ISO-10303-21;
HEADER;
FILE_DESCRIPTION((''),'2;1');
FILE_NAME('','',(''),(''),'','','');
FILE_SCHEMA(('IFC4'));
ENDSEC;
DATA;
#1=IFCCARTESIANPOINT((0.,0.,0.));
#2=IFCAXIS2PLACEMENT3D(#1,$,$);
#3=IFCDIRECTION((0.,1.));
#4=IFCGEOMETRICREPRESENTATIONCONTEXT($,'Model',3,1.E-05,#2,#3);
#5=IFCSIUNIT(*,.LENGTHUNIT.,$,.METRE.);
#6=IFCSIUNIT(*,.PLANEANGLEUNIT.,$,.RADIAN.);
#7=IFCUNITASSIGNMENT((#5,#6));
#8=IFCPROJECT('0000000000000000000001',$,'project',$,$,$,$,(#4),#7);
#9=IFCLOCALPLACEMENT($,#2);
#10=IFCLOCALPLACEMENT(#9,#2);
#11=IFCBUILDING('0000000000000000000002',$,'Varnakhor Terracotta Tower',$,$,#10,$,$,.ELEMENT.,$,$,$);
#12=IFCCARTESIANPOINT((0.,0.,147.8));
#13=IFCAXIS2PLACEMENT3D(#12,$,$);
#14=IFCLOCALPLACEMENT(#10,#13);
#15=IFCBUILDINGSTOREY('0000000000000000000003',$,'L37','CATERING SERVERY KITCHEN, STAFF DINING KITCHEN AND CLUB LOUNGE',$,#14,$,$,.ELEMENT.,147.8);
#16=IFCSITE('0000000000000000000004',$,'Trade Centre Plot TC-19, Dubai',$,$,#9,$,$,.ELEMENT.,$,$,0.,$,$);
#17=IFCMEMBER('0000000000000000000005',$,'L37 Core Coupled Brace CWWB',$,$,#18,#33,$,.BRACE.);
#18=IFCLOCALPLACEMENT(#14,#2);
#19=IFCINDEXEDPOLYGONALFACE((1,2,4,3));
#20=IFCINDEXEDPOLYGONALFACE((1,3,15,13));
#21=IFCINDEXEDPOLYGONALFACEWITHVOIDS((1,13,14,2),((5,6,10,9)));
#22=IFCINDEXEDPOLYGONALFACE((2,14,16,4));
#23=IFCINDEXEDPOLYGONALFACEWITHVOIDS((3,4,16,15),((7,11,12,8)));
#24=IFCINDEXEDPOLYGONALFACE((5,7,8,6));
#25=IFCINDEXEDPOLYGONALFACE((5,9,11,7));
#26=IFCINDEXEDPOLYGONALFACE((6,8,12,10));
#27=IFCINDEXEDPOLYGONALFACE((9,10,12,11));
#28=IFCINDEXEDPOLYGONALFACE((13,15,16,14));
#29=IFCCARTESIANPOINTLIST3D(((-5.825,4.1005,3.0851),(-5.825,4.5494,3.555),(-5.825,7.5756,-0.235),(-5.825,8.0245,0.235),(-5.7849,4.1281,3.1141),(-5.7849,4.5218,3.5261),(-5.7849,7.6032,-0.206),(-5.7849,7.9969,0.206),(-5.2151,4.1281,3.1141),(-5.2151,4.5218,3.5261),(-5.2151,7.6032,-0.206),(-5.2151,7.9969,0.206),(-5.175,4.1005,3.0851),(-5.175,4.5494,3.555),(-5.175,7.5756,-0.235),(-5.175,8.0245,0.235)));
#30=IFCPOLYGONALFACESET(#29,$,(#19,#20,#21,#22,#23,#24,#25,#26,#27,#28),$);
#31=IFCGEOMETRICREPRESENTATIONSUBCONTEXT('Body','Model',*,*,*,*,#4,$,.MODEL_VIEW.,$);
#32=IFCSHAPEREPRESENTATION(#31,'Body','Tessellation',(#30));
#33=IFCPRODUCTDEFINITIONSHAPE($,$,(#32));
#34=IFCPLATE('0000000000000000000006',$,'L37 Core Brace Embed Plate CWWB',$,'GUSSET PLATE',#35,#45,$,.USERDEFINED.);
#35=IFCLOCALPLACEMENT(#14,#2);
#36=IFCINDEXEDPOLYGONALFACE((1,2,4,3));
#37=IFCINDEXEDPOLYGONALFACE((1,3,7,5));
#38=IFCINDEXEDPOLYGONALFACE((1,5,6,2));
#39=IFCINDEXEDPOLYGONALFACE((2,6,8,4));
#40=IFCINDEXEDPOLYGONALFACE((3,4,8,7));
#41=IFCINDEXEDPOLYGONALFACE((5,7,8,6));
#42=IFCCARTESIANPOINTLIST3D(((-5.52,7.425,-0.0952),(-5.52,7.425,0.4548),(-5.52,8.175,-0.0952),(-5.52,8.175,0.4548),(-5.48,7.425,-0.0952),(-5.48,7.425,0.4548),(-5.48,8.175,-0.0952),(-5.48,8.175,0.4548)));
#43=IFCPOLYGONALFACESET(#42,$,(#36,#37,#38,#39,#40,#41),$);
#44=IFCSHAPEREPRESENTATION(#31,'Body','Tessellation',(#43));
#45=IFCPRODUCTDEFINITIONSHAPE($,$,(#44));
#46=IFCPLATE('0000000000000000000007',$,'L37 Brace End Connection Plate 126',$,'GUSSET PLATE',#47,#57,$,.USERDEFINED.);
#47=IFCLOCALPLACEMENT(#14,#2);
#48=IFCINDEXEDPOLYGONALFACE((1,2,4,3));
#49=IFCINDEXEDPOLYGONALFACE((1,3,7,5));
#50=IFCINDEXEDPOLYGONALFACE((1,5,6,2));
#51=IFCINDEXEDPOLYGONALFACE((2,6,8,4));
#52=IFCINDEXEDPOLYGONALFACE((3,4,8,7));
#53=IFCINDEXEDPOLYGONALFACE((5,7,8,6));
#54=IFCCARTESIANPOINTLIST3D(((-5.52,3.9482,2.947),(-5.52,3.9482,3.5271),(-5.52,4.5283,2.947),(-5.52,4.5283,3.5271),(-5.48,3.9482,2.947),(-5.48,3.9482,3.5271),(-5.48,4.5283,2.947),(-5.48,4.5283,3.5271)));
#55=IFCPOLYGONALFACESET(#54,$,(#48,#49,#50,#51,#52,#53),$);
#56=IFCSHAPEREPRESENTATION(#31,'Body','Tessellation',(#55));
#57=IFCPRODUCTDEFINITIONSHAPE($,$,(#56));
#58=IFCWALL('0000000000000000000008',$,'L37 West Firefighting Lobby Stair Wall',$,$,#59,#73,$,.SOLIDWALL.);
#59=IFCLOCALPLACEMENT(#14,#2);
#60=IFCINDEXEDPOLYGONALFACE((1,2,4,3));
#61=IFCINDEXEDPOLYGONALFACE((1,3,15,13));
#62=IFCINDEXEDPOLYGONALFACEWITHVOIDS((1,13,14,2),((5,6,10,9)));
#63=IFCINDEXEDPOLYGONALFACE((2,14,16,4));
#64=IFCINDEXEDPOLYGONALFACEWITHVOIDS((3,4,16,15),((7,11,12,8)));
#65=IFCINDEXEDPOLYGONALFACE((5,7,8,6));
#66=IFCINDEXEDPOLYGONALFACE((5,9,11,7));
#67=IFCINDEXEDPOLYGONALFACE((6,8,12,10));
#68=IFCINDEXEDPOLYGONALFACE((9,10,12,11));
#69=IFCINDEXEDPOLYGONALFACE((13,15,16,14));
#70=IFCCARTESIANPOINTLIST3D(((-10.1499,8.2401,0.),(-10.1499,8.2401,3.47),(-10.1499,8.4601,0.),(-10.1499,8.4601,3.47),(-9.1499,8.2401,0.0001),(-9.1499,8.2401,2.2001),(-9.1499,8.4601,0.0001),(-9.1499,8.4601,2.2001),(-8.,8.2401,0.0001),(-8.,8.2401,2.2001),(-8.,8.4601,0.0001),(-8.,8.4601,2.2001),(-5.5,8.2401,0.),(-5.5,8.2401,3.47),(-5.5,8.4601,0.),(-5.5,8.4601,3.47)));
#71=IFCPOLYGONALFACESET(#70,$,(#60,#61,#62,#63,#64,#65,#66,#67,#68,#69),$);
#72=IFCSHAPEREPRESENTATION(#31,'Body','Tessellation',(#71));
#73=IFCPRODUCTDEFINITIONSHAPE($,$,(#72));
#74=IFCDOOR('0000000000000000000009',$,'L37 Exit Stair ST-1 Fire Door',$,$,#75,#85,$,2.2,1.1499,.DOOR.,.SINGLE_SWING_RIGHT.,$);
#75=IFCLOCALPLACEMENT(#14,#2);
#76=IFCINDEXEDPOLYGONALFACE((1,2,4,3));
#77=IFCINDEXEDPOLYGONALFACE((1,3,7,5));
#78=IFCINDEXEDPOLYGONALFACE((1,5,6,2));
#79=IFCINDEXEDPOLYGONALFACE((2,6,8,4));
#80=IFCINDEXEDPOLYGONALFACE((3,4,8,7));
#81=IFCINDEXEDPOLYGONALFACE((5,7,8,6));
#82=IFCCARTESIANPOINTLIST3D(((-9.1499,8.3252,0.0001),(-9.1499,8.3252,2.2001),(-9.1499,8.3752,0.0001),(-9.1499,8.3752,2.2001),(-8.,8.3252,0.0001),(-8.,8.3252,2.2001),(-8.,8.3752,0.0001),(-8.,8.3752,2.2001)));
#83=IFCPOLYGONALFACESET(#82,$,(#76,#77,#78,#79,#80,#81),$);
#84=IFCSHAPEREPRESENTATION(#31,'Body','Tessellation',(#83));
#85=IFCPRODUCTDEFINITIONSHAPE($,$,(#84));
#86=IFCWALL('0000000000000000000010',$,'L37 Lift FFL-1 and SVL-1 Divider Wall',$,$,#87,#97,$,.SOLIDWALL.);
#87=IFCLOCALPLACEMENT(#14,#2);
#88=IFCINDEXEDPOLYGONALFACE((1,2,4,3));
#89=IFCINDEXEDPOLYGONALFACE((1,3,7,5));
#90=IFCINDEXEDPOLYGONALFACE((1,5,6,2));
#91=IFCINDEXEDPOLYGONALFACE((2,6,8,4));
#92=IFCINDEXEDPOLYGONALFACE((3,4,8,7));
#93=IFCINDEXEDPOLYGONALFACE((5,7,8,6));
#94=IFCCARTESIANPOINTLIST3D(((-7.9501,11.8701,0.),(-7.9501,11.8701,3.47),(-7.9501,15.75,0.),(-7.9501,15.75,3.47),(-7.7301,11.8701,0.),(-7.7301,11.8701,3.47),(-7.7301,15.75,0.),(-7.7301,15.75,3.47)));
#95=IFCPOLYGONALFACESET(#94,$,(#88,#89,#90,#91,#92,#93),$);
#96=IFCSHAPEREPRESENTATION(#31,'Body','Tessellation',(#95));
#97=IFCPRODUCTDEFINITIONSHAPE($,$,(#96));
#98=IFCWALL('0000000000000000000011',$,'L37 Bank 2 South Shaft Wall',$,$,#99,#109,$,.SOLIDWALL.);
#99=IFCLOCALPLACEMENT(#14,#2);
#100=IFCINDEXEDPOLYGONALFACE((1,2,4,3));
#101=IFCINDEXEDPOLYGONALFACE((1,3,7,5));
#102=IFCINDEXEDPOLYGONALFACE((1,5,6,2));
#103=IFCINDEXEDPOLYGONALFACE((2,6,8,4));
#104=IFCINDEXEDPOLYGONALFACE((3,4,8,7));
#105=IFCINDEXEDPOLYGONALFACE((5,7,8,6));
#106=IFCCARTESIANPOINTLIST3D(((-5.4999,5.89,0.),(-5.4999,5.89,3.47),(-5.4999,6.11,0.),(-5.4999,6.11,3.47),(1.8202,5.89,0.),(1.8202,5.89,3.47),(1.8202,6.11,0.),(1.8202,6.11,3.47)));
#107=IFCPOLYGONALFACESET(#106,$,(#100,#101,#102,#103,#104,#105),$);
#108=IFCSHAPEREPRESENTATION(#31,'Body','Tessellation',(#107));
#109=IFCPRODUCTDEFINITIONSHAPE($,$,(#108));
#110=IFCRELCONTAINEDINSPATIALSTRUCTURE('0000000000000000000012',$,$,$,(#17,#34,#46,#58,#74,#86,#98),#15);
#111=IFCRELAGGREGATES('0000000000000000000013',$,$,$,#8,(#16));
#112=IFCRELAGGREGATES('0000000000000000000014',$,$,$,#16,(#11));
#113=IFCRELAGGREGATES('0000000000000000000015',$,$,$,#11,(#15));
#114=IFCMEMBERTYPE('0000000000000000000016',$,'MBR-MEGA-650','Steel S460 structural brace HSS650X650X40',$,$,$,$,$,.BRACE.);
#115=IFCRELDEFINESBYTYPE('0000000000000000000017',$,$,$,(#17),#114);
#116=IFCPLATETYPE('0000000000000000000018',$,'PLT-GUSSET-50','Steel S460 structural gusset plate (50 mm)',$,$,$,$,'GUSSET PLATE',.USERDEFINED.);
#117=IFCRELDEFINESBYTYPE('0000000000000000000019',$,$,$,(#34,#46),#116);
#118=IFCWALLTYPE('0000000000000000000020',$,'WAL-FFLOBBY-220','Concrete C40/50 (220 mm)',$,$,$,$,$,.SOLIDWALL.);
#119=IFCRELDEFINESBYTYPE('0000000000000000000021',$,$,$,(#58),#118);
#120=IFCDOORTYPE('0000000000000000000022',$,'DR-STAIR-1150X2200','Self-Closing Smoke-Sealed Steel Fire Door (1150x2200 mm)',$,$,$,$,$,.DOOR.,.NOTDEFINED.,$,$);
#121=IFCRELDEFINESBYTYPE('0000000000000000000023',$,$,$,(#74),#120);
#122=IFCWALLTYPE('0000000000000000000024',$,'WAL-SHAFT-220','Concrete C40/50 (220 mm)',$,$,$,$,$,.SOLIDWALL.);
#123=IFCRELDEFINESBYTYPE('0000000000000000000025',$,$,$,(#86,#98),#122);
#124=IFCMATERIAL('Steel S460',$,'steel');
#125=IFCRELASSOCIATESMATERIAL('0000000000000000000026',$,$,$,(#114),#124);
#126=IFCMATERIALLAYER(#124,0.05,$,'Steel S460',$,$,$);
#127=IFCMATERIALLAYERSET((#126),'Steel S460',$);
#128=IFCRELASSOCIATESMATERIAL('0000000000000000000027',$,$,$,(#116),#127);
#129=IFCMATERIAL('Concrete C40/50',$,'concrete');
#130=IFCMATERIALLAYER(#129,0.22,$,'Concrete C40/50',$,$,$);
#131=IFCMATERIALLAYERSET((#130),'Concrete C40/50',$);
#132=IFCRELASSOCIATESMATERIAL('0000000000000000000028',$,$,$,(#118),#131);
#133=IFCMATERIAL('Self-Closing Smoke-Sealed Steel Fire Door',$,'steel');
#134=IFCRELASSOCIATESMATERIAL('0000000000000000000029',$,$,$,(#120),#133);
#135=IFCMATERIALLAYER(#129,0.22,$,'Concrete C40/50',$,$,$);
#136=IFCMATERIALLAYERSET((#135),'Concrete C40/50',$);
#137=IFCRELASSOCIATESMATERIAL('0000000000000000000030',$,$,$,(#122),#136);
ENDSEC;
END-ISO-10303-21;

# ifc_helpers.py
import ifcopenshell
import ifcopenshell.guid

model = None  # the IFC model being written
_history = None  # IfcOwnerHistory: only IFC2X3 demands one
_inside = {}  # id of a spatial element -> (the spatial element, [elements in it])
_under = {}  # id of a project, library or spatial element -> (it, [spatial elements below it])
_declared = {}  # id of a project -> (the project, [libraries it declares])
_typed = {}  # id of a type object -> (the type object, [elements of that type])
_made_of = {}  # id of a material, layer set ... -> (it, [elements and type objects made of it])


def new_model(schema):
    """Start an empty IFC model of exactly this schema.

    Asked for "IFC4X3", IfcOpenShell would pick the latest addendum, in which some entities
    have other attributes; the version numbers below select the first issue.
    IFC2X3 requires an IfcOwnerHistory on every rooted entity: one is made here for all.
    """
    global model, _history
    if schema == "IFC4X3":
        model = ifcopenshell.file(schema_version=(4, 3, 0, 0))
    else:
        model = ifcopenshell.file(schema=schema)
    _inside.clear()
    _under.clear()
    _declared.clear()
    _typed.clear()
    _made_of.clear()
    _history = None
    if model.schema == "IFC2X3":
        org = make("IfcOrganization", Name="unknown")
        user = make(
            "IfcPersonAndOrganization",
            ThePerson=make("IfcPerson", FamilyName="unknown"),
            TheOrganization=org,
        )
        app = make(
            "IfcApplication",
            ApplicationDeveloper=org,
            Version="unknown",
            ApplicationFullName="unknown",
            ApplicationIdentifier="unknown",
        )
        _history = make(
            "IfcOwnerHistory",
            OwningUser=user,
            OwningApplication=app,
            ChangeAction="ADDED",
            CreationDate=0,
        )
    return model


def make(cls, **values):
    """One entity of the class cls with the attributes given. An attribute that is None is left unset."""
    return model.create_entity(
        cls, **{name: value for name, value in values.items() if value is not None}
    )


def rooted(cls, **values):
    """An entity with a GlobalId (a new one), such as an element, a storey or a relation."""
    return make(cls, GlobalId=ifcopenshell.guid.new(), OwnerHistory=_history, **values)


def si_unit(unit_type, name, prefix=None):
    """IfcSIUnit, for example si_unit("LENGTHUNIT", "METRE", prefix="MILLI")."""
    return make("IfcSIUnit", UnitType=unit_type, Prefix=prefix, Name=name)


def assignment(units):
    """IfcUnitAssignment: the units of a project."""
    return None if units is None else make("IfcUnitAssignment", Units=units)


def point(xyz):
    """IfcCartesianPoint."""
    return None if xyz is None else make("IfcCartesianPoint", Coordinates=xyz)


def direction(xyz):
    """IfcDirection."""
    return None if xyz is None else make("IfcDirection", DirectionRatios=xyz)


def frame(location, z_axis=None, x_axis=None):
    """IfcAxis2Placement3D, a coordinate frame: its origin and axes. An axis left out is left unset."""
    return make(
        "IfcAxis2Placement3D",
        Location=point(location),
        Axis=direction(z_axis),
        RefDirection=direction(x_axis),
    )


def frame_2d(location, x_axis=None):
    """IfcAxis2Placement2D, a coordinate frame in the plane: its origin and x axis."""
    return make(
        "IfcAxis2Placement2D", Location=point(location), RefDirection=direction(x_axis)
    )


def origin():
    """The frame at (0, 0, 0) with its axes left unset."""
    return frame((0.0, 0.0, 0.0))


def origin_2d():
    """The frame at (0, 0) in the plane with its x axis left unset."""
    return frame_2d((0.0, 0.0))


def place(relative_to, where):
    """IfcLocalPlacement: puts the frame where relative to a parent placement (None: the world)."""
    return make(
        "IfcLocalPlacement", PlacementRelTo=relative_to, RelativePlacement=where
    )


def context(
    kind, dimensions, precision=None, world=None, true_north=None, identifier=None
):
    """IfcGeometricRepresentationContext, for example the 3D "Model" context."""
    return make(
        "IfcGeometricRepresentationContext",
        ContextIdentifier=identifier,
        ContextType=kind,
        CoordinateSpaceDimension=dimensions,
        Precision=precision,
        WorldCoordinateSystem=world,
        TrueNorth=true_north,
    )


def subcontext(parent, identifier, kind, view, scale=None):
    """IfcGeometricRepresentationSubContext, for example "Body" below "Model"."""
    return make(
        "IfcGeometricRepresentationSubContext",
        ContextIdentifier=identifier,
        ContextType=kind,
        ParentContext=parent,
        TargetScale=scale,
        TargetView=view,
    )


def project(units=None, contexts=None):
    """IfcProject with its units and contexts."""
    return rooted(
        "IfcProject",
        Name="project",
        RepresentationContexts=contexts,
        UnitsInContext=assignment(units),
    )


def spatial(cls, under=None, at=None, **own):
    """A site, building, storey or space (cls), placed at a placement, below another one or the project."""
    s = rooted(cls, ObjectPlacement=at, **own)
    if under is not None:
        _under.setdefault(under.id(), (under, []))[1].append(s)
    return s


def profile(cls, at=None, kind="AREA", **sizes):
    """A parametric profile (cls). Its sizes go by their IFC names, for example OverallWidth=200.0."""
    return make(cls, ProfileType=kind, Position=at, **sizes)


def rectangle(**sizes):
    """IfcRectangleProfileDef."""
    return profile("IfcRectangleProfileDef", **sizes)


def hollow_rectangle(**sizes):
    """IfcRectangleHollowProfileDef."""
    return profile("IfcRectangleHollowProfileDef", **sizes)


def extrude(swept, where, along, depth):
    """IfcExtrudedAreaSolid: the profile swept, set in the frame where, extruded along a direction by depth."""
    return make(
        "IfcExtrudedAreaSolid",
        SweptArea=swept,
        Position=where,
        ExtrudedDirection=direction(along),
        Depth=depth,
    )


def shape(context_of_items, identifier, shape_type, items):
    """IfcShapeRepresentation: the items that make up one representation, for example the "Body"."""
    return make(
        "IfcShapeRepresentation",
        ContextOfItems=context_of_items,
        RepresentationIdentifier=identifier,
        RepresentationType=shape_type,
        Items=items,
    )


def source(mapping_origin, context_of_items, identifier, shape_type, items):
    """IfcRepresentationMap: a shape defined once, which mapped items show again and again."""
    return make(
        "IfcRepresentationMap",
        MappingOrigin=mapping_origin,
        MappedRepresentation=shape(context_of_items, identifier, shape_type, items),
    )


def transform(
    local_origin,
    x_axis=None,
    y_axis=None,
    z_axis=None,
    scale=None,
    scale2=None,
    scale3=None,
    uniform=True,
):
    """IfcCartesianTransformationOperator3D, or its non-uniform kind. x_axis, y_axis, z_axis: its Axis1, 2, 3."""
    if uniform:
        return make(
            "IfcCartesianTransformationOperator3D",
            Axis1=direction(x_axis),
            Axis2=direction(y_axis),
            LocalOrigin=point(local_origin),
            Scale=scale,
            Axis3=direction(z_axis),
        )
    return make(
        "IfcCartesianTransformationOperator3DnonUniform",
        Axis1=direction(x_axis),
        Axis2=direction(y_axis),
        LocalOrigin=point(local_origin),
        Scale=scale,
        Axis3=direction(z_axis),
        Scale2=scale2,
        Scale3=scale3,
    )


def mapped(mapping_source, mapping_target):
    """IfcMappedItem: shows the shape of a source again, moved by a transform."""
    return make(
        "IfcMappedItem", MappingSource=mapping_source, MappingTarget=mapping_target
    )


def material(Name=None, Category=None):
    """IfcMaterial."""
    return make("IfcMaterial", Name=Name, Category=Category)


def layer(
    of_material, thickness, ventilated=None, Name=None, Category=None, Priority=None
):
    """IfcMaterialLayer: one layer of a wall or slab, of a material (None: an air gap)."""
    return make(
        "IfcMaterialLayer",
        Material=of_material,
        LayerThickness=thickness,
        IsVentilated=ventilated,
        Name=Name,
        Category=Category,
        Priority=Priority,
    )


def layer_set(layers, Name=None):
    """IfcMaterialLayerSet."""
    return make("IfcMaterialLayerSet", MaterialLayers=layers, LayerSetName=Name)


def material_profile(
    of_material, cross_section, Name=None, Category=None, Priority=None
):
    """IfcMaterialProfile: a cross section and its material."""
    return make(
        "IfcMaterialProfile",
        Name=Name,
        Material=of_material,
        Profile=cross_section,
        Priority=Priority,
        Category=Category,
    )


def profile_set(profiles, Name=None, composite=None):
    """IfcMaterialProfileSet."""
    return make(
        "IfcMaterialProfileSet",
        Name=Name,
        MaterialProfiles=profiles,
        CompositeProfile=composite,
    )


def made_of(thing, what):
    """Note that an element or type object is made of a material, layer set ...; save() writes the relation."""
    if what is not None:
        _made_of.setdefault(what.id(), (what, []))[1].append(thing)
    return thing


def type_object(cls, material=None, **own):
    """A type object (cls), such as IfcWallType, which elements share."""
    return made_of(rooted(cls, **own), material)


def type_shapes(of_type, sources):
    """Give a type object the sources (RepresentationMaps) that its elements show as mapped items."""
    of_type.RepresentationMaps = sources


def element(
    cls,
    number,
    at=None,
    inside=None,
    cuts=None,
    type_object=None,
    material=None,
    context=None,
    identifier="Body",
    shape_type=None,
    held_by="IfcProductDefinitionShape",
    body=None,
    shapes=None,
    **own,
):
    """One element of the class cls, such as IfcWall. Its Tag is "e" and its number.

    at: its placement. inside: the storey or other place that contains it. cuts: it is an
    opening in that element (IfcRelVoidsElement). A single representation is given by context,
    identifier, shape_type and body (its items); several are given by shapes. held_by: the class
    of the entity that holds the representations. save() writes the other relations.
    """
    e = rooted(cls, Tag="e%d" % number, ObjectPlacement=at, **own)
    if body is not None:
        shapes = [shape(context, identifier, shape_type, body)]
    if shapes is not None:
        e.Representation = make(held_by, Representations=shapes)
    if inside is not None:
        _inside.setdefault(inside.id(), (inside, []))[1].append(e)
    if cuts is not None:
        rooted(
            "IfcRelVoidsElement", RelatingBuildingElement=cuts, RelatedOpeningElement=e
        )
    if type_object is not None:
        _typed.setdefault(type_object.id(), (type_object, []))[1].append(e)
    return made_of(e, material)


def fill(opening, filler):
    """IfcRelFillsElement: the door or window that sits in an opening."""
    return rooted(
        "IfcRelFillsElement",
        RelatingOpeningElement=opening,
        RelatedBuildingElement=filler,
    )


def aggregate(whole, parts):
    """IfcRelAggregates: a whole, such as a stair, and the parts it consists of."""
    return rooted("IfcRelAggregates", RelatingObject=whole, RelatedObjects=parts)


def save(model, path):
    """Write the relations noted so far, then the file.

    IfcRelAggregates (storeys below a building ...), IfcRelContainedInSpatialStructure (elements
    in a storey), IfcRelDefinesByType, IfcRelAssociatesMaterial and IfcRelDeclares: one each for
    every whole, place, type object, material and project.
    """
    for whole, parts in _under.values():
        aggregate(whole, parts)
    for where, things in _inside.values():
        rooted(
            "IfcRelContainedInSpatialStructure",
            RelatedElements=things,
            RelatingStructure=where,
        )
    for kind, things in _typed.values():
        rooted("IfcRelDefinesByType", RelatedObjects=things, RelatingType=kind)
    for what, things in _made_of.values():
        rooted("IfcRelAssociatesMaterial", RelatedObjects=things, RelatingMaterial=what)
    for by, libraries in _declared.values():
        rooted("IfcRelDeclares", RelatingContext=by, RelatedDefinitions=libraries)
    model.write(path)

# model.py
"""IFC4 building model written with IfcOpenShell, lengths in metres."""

from ifc_helpers import new_model, si_unit, direction, frame, frame_2d, origin, origin_2d, place, context, subcontext, project, spatial, rectangle, hollow_rectangle, extrude, source, transform, mapped, material, layer, layer_set, material_profile, profile_set, type_object, type_shapes, element, fill, save


model = new_model("IFC4")

# Units and contexts
model_context = context("Model", 3, precision=1e-05, world=origin(), true_north=direction((0.0, 1.0)))
body_context = subcontext(model_context, "Body", "Model", "MODEL_VIEW")
ifc_project = project(units=[si_unit("LENGTHUNIT", "METRE"), si_unit("PLANEANGLEUNIT", "RADIAN")], contexts=[model_context])

# Site, building, storey
site_placement = place(None, origin())
site = spatial("IfcSite", under=ifc_project, at=site_placement, Name="Trade Centre Plot TC-19, Dubai", CompositionType="ELEMENT", RefElevation=0.0)
building_placement = place(site_placement, origin())
building = spatial("IfcBuilding", under=site, at=building_placement, Name="Varnakhor Terracotta Tower", CompositionType="ELEMENT")
storey_placement = place(building_placement, frame((0.0, 0.0, 147.8)))
storey = spatial("IfcBuildingStorey", under=building, at=storey_placement, Name="L37", Description="CATERING SERVERY KITCHEN, STAFF DINING KITCHEN AND CLUB LOUNGE", CompositionType="ELEMENT", Elevation=147.8)

# Member
ifc_material_1 = material(Name="Steel S460", Category="steel")
ifc_material_profile = material_profile(ifc_material_1, hollow_rectangle(XDim=0.6499, YDim=0.6499, WallThickness=0.04, at=origin_2d()), Name="HSS650X650X40")
ifc_profile_set = profile_set([ifc_material_profile], Name="Steel S460")
member_type = type_object("IfcMemberType", Name="MBR-MEGA-650", Description="Steel S460 structural brace HSS650X650X40", PredefinedType="BRACE", material=ifc_profile_set)
shared_shape_1 = source(origin(), body_context, "Body", "SweptSolid", [
    extrude(hollow_rectangle(XDim=0.6499, YDim=0.6499, WallThickness=0.04, at=origin_2d()), origin(), (0.0, 0.0, 1.0), 4.8062),
])
member_placement = place(storey_placement, frame((-5.5, 7.8, 0.0), z_axis=(0.0, -0.723051, 0.690795), x_axis=(1.0, 0.0, 0.0)))
element("IfcMember", 1, at=member_placement, inside=storey, type_object=member_type, Name="L37 Core Coupled Brace CWWB", PredefinedType="BRACE", context=body_context, shape_type="MappedRepresentation", body=[
    mapped(shared_shape_1, transform((0.0, 0.0, 0.0), scale=1.0)),
])

# Plates
ifc_layer_1 = layer(ifc_material_1, 0.05, Name="Steel S460")
ifc_layer_set_1 = layer_set([ifc_layer_1], Name="Steel S460")
plate_type = type_object("IfcPlateType", Name="PLT-GUSSET-50", Description="Steel S460 structural gusset plate (50 mm)", ElementType="GUSSET PLATE", PredefinedType="USERDEFINED", material=ifc_layer_set_1)
shared_shape_2 = source(origin(), body_context, "Body", "SweptSolid", [
    extrude(rectangle(XDim=0.75, YDim=0.04, at=origin_2d()), origin(), (0.0, 0.0, 1.0), 0.55),
])
type_shapes(plate_type, [shared_shape_2])
plate_1_placement = place(storey_placement, frame((-5.5, 7.8, -0.0952), z_axis=(0.0, 0.0, 1.0), x_axis=(0.0, 1.0, 0.0)))
element("IfcPlate", 2, at=plate_1_placement, inside=storey, type_object=plate_type, Name="L37 Core Brace Embed Plate CWWB", ObjectType="GUSSET PLATE", PredefinedType="USERDEFINED", context=body_context, shape_type="MappedRepresentation", body=[
    mapped(shared_shape_2, transform((0.0, 0.0, 0.0), scale=1.0)),
])
shared_shape_3 = source(origin(), body_context, "Body", "SweptSolid", [
    extrude(rectangle(XDim=0.5801, YDim=0.04, at=origin_2d()), origin(), (0.0, 0.0, 1.0), 0.5801),
])
plate_2_placement = place(storey_placement, frame((-5.5, 4.2383, 2.947), z_axis=(0.0, 0.0, 1.0), x_axis=(0.0, 1.0, 0.0)))
element("IfcPlate", 3, at=plate_2_placement, inside=storey, type_object=plate_type, Name="L37 Brace End Connection Plate 126", ObjectType="GUSSET PLATE", PredefinedType="USERDEFINED", context=body_context, shape_type="MappedRepresentation", body=[
    mapped(shared_shape_3, transform((0.0, 0.0, 0.0), scale=1.0)),
])

# Wall, opening, door
ifc_material_2 = material(Name="Concrete C40/50", Category="concrete")
ifc_layer_2 = layer(ifc_material_2, 0.22, Name="Concrete C40/50")
ifc_layer_set_2 = layer_set([ifc_layer_2], Name="Concrete C40/50")
wall_type_1 = type_object("IfcWallType", Name="WAL-FFLOBBY-220", Description="Concrete C40/50 (220 mm)", PredefinedType="SOLIDWALL", material=ifc_layer_set_2)
wall_1_placement = place(storey_placement, frame((-5.5, 8.3501, 0.0), z_axis=(0.0, 0.0, 1.0), x_axis=(-1.0, 0.0, 0.0)))
wall_1 = element("IfcWall", 4, at=wall_1_placement, inside=storey, type_object=wall_type_1, Name="L37 West Firefighting Lobby Stair Wall", PredefinedType="SOLIDWALL", context=body_context, shape_type="SweptSolid", body=[
    extrude(rectangle(XDim=4.6499, YDim=0.22, at=frame_2d((2.325, 0.0))), origin(), (0.0, 0.0, 1.0), 3.47),
])
opening_1_placement = place(wall_1_placement, frame((2.5, 0.0, 0.0)))
opening_1 = element("IfcOpeningElement", 5, at=opening_1_placement, cuts=wall_1, PredefinedType="OPENING", context=body_context, shape_type="SweptSolid", body=[
    extrude(rectangle(XDim=1.1499, YDim=2.2, at=frame_2d((0.575, 1.1001))), frame((0.0, 0.1201, 0.0), z_axis=(0.0, -1.0, 0.0), x_axis=(1.0, 0.0, 0.0)), (0.0, 0.0, 1.0), 0.24),
])
ifc_material_3 = material(Name="Self-Closing Smoke-Sealed Steel Fire Door", Category="steel")
door_type_1 = type_object("IfcDoorType", Name="DR-STAIR-1150X2200", Description="Self-Closing Smoke-Sealed Steel Fire Door (1150x2200 mm)", OperationType="NOTDEFINED", PredefinedType="DOOR", material=ifc_material_3)
shared_shape_4 = source(origin(), body_context, "Body", "SweptSolid", [
    extrude(rectangle(XDim=1.1499, YDim=2.2, at=frame_2d((0.575, 1.1001))), frame((0.0, 0.0249, 0.0), z_axis=(0.0, -1.0, 0.0), x_axis=(1.0, 0.0, 0.0)), (0.0, 0.0, 1.0), 0.05),
])
type_shapes(door_type_1, [shared_shape_4])
door_1_placement = place(opening_1_placement, origin())
door_1 = element("IfcDoor", 6, at=door_1_placement, inside=storey, type_object=door_type_1, Name="L37 Exit Stair ST-1 Fire Door", OperationType="SINGLE_SWING_RIGHT", OverallHeight=2.2, OverallWidth=1.1499, PredefinedType="DOOR", context=body_context, shape_type="MappedRepresentation", body=[
    mapped(shared_shape_4, transform((0.0, 0.0, 0.0), scale=1.0)),
])
fill(opening_1, door_1)

# Walls
ifc_layer_3 = layer(ifc_material_2, 0.22, Name="Concrete C40/50")
ifc_layer_set_3 = layer_set([ifc_layer_3], Name="Concrete C40/50")
wall_type_2 = type_object("IfcWallType", Name="WAL-SHAFT-220", Description="Concrete C40/50 (220 mm)", PredefinedType="SOLIDWALL", material=ifc_layer_set_3)
wall_2_placement = place(storey_placement, frame((-7.8401, 11.8701, 0.0), z_axis=(0.0, 0.0, 1.0), x_axis=(0.0, 1.0, 0.0)))
element("IfcWall", 7, at=wall_2_placement, inside=storey, type_object=wall_type_2, Name="L37 Lift FFL-1 and SVL-1 Divider Wall", PredefinedType="SOLIDWALL", context=body_context, shape_type="SweptSolid", body=[
    extrude(rectangle(XDim=3.8799, YDim=0.22, at=frame_2d((1.9399, 0.0))), origin(), (0.0, 0.0, 1.0), 3.47),
])
wall_3_placement = place(storey_placement, frame((-5.5, 6.0, 0.0), z_axis=(0.0, 0.0, 1.0), x_axis=(1.0, 0.0, 0.0)))
element("IfcWall", 8, at=wall_3_placement, inside=storey, type_object=wall_type_2, Name="L37 Bank 2 South Shaft Wall", PredefinedType="SOLIDWALL", context=body_context, shape_type="SweptSolid", body=[
    extrude(rectangle(XDim=7.3201, YDim=0.22, at=frame_2d((3.6602, 0.0))), origin(), (0.0, 0.0, 1.0), 3.47),
])

save(model, "model.ifc")
